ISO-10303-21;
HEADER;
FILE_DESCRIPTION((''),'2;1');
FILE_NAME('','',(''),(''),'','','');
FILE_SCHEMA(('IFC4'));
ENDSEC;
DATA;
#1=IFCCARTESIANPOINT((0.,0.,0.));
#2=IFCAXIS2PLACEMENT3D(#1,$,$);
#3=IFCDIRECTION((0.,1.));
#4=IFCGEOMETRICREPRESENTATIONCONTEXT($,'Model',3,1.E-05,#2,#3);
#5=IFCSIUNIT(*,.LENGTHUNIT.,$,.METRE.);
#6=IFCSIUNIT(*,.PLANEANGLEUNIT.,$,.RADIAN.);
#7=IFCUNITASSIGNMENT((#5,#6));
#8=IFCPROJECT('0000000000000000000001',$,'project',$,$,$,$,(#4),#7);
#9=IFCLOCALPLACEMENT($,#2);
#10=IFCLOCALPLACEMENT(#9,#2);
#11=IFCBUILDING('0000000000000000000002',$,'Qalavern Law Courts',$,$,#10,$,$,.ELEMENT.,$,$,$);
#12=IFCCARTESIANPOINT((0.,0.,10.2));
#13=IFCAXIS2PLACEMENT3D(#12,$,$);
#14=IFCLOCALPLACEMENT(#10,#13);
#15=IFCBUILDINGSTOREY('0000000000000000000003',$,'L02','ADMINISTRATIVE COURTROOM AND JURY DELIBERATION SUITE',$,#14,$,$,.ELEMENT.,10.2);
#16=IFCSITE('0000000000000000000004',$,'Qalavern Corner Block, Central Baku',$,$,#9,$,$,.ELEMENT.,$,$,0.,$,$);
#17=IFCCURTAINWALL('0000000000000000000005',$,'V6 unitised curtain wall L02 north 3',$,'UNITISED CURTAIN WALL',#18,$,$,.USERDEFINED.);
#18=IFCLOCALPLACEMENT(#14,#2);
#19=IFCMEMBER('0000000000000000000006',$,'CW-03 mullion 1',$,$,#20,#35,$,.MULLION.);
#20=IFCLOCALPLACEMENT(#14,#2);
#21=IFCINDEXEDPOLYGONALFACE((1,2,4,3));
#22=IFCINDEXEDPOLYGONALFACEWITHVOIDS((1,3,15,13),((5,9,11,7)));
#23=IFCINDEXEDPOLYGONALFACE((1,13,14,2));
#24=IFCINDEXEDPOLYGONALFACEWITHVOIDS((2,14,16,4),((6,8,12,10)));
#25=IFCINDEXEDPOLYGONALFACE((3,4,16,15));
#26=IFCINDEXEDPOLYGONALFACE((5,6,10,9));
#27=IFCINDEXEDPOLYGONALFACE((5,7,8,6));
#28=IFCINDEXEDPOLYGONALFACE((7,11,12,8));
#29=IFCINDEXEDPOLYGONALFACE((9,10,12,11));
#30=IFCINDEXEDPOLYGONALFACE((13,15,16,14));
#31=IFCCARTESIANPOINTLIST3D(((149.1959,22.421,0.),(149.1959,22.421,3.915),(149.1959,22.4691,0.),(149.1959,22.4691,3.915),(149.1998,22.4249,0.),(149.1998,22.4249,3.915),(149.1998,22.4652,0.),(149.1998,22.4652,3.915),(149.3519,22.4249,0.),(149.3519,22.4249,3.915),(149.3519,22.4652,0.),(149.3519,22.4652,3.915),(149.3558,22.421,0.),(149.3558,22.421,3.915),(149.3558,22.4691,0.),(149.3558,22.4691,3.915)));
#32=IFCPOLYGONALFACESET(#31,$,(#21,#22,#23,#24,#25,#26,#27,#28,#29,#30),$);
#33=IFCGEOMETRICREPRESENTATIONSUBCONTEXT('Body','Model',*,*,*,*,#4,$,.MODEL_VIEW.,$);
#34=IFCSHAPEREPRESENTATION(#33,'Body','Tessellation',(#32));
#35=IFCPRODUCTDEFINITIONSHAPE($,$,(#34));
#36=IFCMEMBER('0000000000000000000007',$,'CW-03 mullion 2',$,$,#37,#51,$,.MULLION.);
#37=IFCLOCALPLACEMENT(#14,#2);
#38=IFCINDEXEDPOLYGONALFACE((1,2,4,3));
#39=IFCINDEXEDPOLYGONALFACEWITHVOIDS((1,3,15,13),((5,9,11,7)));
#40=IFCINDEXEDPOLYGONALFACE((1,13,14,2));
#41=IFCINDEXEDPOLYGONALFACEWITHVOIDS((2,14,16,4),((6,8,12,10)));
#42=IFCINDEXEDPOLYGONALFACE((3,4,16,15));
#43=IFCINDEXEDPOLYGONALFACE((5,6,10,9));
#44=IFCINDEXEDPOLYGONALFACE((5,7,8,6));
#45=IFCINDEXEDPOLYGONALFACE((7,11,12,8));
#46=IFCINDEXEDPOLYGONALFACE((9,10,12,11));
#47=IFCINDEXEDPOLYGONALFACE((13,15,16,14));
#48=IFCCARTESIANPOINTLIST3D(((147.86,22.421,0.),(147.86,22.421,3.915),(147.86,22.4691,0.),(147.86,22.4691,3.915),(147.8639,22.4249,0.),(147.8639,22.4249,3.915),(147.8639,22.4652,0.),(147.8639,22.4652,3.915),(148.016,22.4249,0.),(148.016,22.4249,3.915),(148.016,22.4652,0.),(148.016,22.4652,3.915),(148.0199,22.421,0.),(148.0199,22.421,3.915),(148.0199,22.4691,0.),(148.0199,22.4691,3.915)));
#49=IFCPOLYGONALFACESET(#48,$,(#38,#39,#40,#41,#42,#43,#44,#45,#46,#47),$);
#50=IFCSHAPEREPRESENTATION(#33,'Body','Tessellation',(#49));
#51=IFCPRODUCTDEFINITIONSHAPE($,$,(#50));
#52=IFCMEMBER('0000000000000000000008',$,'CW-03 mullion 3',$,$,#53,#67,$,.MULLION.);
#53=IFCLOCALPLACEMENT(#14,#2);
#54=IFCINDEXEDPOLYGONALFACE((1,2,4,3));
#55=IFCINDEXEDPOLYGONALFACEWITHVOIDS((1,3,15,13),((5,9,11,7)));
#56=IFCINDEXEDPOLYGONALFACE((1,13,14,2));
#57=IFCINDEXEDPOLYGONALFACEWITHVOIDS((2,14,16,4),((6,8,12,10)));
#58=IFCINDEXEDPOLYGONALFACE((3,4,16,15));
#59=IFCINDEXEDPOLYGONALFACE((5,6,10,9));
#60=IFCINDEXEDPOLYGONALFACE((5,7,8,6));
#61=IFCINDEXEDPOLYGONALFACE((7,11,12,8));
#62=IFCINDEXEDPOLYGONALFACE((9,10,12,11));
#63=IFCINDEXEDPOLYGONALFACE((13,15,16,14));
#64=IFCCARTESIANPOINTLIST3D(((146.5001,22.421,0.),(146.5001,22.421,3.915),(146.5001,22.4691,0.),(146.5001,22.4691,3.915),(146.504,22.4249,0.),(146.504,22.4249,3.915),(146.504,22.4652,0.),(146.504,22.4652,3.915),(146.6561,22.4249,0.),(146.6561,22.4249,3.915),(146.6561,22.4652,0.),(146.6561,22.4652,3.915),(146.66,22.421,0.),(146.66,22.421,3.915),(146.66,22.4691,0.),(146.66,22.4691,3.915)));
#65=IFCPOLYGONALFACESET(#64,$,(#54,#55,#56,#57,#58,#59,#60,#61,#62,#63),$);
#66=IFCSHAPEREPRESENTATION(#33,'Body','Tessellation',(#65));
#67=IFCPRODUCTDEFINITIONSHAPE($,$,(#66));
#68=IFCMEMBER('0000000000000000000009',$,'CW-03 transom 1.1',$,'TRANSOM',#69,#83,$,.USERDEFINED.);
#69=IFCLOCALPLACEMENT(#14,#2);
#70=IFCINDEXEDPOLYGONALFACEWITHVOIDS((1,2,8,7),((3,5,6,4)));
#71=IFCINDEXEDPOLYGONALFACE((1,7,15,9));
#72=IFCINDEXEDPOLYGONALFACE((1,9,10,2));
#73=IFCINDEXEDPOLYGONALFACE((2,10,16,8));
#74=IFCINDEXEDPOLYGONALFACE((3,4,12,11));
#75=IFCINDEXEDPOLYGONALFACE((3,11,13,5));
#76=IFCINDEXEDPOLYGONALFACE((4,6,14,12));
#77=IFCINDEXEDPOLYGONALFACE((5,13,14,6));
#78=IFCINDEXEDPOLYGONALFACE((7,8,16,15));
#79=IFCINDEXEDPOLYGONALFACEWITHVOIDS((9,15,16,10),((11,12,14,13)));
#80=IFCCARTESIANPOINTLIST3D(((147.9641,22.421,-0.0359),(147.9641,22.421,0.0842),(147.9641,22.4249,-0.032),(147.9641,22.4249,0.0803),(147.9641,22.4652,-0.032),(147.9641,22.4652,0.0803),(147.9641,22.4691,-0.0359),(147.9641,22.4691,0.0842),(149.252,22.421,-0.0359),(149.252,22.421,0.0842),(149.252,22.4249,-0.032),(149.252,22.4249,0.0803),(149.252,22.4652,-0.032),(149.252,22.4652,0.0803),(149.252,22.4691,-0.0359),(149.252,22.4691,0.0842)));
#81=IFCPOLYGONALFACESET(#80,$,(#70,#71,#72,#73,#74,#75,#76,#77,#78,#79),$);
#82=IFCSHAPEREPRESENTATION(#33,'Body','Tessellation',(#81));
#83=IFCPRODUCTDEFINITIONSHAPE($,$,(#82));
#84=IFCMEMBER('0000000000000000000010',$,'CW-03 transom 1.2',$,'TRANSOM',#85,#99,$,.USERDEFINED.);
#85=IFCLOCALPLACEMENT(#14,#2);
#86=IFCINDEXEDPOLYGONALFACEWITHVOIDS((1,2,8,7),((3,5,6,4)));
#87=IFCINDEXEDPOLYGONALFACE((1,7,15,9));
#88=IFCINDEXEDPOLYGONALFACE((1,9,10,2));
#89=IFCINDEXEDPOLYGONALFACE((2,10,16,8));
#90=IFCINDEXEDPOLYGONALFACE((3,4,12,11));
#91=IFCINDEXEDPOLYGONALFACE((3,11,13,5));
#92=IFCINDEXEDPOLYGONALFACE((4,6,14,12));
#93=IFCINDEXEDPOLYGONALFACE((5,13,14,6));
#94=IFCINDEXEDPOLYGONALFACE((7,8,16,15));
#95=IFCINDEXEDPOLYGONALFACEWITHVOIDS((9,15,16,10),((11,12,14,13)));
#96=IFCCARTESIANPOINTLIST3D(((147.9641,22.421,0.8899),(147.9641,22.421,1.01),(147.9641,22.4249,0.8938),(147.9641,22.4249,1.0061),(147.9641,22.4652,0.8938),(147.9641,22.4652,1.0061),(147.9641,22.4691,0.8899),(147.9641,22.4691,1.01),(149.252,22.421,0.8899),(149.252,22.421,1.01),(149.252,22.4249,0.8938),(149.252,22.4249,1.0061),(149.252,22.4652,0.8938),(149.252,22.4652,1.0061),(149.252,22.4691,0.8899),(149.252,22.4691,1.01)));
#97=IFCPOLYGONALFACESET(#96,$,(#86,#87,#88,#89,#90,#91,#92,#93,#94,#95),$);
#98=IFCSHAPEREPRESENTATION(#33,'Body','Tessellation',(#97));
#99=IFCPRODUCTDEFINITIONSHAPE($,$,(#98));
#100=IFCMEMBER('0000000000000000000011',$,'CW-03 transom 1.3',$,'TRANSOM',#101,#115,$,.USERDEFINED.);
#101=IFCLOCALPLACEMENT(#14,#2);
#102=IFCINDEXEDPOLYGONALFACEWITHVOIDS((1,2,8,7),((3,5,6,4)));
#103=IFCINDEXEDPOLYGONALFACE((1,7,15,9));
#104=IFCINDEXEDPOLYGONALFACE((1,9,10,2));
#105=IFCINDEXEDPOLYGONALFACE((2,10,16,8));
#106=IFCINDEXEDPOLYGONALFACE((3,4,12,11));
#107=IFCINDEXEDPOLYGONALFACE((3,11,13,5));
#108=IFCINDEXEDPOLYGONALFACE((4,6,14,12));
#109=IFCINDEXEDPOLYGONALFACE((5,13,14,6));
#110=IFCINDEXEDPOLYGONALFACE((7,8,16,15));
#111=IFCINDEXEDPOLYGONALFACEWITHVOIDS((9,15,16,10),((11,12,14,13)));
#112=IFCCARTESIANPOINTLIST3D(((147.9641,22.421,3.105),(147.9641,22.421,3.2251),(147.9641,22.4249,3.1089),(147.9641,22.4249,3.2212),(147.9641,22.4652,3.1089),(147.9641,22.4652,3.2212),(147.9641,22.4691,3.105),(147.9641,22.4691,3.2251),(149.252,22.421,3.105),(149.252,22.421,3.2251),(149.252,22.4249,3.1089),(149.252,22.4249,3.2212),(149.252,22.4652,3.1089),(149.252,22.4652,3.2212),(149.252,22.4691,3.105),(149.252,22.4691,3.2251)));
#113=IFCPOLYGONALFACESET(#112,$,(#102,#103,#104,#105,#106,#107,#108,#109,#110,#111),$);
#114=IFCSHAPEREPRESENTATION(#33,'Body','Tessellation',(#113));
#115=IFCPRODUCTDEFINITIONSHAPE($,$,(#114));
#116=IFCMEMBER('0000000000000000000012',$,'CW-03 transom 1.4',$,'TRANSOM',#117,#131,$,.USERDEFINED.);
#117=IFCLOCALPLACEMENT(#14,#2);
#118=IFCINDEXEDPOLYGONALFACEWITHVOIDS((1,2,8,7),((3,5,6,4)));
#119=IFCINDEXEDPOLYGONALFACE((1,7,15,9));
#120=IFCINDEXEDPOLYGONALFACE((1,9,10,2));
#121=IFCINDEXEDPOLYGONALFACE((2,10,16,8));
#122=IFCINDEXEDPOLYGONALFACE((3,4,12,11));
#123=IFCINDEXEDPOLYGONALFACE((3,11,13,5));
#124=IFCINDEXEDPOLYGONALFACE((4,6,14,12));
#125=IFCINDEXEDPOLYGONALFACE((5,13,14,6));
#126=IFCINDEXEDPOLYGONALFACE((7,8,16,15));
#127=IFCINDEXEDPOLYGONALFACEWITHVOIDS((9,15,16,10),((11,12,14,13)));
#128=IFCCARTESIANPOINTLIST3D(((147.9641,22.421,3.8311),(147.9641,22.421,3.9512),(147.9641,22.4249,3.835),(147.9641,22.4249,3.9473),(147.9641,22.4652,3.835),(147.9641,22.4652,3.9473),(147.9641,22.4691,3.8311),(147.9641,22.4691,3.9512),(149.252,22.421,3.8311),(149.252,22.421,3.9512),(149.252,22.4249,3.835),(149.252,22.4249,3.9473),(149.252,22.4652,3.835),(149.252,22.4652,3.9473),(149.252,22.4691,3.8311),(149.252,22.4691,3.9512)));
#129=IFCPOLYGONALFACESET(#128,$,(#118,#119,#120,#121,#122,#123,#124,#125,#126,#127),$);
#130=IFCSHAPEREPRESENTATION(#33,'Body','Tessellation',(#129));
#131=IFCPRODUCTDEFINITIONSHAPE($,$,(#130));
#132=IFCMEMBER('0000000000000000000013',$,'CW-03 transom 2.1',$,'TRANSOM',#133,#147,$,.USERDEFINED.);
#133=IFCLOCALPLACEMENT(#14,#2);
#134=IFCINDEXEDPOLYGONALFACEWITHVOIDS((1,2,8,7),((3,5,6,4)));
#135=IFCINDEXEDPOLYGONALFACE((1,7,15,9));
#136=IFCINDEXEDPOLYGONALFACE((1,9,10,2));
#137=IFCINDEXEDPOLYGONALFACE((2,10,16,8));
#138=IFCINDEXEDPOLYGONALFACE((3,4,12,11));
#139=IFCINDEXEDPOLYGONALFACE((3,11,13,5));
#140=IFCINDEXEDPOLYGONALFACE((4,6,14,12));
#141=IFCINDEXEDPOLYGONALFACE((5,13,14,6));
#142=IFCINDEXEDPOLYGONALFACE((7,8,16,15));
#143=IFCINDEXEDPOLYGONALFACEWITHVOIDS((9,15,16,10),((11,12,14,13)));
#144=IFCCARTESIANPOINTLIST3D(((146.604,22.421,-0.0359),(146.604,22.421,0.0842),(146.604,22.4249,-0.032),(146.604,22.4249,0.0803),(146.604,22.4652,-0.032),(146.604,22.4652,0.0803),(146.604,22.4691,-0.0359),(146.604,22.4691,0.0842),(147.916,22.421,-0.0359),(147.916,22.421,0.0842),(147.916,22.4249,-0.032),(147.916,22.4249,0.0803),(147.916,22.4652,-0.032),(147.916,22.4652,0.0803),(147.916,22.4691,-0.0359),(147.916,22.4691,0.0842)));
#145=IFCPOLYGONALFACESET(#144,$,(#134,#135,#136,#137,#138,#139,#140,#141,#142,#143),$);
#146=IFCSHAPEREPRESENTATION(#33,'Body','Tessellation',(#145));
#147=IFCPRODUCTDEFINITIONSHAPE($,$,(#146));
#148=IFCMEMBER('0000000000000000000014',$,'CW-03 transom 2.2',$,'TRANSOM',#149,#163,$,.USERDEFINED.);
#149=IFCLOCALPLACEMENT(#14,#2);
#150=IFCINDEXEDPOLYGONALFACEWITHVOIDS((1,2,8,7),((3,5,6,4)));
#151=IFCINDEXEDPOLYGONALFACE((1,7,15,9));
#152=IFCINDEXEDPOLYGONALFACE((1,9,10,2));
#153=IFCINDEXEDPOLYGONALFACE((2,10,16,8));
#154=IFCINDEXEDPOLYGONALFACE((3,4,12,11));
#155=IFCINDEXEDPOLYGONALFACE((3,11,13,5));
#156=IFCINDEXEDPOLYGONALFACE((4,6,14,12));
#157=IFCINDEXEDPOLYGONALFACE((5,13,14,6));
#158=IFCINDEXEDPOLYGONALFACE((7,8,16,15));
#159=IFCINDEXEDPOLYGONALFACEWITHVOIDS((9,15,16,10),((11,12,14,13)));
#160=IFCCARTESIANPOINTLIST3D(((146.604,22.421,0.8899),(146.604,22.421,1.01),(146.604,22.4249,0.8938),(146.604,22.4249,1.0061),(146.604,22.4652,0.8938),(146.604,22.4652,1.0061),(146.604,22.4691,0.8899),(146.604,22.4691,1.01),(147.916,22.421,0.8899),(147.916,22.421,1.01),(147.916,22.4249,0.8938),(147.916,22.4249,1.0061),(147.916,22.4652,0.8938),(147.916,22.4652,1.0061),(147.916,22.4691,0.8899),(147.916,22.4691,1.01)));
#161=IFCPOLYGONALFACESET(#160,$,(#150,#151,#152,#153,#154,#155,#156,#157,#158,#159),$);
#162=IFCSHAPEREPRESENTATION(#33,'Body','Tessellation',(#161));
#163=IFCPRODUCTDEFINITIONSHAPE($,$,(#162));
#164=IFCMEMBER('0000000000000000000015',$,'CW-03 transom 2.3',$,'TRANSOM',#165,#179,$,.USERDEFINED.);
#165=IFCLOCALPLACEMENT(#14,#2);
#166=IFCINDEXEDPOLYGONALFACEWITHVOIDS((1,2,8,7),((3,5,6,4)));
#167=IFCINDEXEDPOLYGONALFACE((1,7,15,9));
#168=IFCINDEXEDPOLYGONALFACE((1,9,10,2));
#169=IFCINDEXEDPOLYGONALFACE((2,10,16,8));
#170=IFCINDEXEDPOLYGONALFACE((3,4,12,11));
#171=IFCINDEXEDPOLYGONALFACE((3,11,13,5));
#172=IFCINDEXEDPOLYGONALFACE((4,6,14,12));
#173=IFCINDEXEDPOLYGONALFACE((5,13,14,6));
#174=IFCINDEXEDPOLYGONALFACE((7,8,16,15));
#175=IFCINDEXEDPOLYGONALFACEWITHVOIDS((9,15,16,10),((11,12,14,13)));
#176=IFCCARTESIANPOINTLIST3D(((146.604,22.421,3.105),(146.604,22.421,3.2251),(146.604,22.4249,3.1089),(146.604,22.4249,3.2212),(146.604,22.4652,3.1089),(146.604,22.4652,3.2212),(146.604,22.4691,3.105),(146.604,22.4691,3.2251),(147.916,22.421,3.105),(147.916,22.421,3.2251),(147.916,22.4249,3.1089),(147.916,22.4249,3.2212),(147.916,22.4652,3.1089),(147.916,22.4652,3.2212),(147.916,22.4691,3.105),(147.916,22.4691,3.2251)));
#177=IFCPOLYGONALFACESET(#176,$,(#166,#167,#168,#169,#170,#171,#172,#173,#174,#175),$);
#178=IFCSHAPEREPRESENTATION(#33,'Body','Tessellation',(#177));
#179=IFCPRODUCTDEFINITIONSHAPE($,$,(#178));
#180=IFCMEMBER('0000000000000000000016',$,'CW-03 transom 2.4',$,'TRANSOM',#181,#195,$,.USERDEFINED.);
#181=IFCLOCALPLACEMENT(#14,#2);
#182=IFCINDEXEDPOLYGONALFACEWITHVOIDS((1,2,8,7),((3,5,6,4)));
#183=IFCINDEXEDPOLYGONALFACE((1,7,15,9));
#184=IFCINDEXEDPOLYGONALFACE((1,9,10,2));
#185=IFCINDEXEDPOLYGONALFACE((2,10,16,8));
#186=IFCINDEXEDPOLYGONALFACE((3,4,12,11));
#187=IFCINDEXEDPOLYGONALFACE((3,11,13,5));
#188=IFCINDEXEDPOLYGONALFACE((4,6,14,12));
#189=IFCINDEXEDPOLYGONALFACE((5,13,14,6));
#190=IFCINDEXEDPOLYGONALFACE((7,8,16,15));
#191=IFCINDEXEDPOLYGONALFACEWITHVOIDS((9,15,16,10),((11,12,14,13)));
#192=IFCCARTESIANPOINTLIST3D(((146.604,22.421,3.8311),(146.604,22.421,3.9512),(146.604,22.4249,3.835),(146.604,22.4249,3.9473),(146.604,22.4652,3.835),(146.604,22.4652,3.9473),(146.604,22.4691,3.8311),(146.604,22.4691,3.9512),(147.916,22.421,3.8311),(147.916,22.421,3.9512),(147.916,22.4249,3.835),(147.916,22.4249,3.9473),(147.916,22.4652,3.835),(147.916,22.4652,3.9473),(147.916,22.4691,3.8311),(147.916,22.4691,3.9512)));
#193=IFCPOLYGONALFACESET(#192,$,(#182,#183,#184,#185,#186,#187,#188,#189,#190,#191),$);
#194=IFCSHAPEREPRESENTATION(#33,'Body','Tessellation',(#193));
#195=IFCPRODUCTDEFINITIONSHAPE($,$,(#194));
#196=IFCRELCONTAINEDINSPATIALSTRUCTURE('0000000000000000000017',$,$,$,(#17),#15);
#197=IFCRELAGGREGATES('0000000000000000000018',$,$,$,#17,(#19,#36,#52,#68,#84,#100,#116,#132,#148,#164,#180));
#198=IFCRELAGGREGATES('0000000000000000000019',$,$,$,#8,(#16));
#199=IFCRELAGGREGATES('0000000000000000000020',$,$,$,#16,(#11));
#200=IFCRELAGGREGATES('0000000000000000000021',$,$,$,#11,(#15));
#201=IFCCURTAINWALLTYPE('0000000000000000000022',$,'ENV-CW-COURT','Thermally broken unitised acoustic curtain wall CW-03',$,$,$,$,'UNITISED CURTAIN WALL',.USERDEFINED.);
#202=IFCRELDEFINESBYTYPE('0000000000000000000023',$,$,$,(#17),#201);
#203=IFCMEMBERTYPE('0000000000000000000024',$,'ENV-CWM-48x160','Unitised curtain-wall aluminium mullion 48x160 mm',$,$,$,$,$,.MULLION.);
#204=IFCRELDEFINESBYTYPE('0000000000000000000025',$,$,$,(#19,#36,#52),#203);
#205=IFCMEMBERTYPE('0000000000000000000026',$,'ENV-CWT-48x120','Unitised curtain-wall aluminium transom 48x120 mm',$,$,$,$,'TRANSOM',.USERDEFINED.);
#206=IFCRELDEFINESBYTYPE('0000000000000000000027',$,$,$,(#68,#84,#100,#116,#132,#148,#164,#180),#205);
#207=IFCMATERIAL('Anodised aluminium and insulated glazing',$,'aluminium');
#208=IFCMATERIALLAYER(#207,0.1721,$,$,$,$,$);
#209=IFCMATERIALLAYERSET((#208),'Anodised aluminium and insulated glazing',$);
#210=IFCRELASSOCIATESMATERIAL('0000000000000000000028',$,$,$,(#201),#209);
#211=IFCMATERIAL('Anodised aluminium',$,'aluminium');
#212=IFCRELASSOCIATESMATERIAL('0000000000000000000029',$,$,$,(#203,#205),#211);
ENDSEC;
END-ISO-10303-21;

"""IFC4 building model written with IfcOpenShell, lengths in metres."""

from ifc_helpers import new_model, si_unit, direction, frame, origin, origin_2d, place, context, subcontext, project, spatial, hollow_rectangle, extrude, material, layer, layer_set, material_profile, profile_set, type_object, element, aggregate, save


model = new_model("IFC4")

# Units and contexts
model_context = context("Model", 3, precision=1e-05, world=origin(), true_north=direction((0.0, 1.0)))
body_context = subcontext(model_context, "Body", "Model", "MODEL_VIEW")
ifc_project = project(units=[si_unit("LENGTHUNIT", "METRE"), si_unit("PLANEANGLEUNIT", "RADIAN")], contexts=[model_context])

# Site, building, storey
site_placement = place(None, origin())
site = spatial("IfcSite", under=ifc_project, at=site_placement, Name="Qalavern Corner Block, Central Baku", CompositionType="ELEMENT", RefElevation=0.0)
building_placement = place(site_placement, origin())
building = spatial("IfcBuilding", under=site, at=building_placement, Name="Qalavern Law Courts", CompositionType="ELEMENT")
storey_placement = place(building_placement, frame((0.0, 0.0, 10.2)))
storey = spatial("IfcBuildingStorey", under=building, at=storey_placement, Name="L02", Description="ADMINISTRATIVE COURTROOM AND JURY DELIBERATION SUITE", CompositionType="ELEMENT", Elevation=10.2)

# Curtain wall, members
ifc_material_1 = material(Name="Anodised aluminium and insulated glazing", Category="aluminium")
ifc_layer_1 = layer(ifc_material_1, 0.1721)
ifc_layer_set_1 = layer_set([ifc_layer_1], Name="Anodised aluminium and insulated glazing")
curtain_wall_type = type_object("IfcCurtainWallType", Name="ENV-CW-COURT", Description="Thermally broken unitised acoustic curtain wall CW-03", ElementType="UNITISED CURTAIN WALL", PredefinedType="USERDEFINED", material=ifc_layer_set_1)
curtain_wall_placement = place(storey_placement, origin())
curtain_wall = element("IfcCurtainWall", 1, at=curtain_wall_placement, inside=storey, type_object=curtain_wall_type, Name="V6 unitised curtain wall L02 north 3", ObjectType="UNITISED CURTAIN WALL", PredefinedType="USERDEFINED")
ifc_material_2 = material(Name="Anodised aluminium", Category="aluminium")
ifc_material_profile_1 = material_profile(ifc_material_2, hollow_rectangle(XDim=0.0481, YDim=0.1599, WallThickness=0.0039, at=origin_2d()), Name="ALU MULLION 48x160")
ifc_profile_set_1 = profile_set([ifc_material_profile_1], Name="Anodised aluminium")
member_type_1 = type_object("IfcMemberType", Name="ENV-CWM-48x160", Description="Unitised curtain-wall aluminium mullion 48x160 mm", PredefinedType="MULLION", material=ifc_profile_set_1)
member_1_placement = place(storey_placement, frame((149.2759, 22.4451, 0.0), z_axis=(0.0, 0.0, 1.0), x_axis=(0.0, -1.0, 0.0)))
member_1 = element("IfcMember", 2, at=member_1_placement, type_object=member_type_1, Name="CW-03 mullion 1", PredefinedType="MULLION", context=body_context, shape_type="SweptSolid", body=[
    extrude(hollow_rectangle(XDim=0.0481, YDim=0.1599, WallThickness=0.0039, at=origin_2d()), origin(), (0.0, 0.0, 1.0), 3.915),
])
member_2_placement = place(storey_placement, frame((147.9399, 22.4451, 0.0), z_axis=(0.0, 0.0, 1.0), x_axis=(0.0, -1.0, 0.0)))
member_2 = element("IfcMember", 3, at=member_2_placement, type_object=member_type_1, Name="CW-03 mullion 2", PredefinedType="MULLION", context=body_context, shape_type="SweptSolid", body=[
    extrude(hollow_rectangle(XDim=0.0481, YDim=0.1599, WallThickness=0.0039, at=origin_2d()), origin(), (0.0, 0.0, 1.0), 3.915),
])
member_3_placement = place(storey_placement, frame((146.5801, 22.4451, 0.0), z_axis=(0.0, 0.0, 1.0), x_axis=(0.0, -1.0, 0.0)))
member_3 = element("IfcMember", 4, at=member_3_placement, type_object=member_type_1, Name="CW-03 mullion 3", PredefinedType="MULLION", context=body_context, shape_type="SweptSolid", body=[
    extrude(hollow_rectangle(XDim=0.0481, YDim=0.1599, WallThickness=0.0039, at=origin_2d()), origin(), (0.0, 0.0, 1.0), 3.915),
])
ifc_material_profile_2 = material_profile(ifc_material_2, hollow_rectangle(XDim=0.0481, YDim=0.1201, WallThickness=0.0039, at=origin_2d()), Name="ALU TRANSOM 48x120")
ifc_profile_set_2 = profile_set([ifc_material_profile_2], Name="Anodised aluminium")
member_type_2 = type_object("IfcMemberType", Name="ENV-CWT-48x120", Description="Unitised curtain-wall aluminium transom 48x120 mm", ElementType="TRANSOM", PredefinedType="USERDEFINED", material=ifc_profile_set_2)
member_4_placement = place(storey_placement, frame((149.252, 22.4451, 0.0242), z_axis=(-1.0, 0.0, 0.0), x_axis=(0.0, -1.0, 0.0)))
member_4 = element("IfcMember", 5, at=member_4_placement, type_object=member_type_2, Name="CW-03 transom 1.1", ObjectType="TRANSOM", PredefinedType="USERDEFINED", context=body_context, shape_type="SweptSolid", body=[
    extrude(hollow_rectangle(XDim=0.0481, YDim=0.1201, WallThickness=0.0039, at=origin_2d()), origin(), (0.0, 0.0, 1.0), 1.2878),
])
member_5_placement = place(storey_placement, frame((149.252, 22.4451, 0.95), z_axis=(-1.0, 0.0, 0.0), x_axis=(0.0, -1.0, 0.0)))
member_5 = element("IfcMember", 6, at=member_5_placement, type_object=member_type_2, Name="CW-03 transom 1.2", ObjectType="TRANSOM", PredefinedType="USERDEFINED", context=body_context, shape_type="SweptSolid", body=[
    extrude(hollow_rectangle(XDim=0.0481, YDim=0.1201, WallThickness=0.0039, at=origin_2d()), origin(), (0.0, 0.0, 1.0), 1.2878),
])
member_6_placement = place(storey_placement, frame((149.252, 22.4451, 3.165), z_axis=(-1.0, 0.0, 0.0), x_axis=(0.0, -1.0, 0.0)))
member_6 = element("IfcMember", 7, at=member_6_placement, type_object=member_type_2, Name="CW-03 transom 1.3", ObjectType="TRANSOM", PredefinedType="USERDEFINED", context=body_context, shape_type="SweptSolid", body=[
    extrude(hollow_rectangle(XDim=0.0481, YDim=0.1201, WallThickness=0.0039, at=origin_2d()), origin(), (0.0, 0.0, 1.0), 1.2878),
])
member_7_placement = place(storey_placement, frame((149.252, 22.4451, 3.8911), z_axis=(-1.0, 0.0, 0.0), x_axis=(0.0, -1.0, 0.0)))
member_7 = element("IfcMember", 8, at=member_7_placement, type_object=member_type_2, Name="CW-03 transom 1.4", ObjectType="TRANSOM", PredefinedType="USERDEFINED", context=body_context, shape_type="SweptSolid", body=[
    extrude(hollow_rectangle(XDim=0.0481, YDim=0.1201, WallThickness=0.0039, at=origin_2d()), origin(), (0.0, 0.0, 1.0), 1.2878),
])
member_8_placement = place(storey_placement, frame((147.916, 22.4451, 0.0242), z_axis=(-1.0, 0.0, 0.0), x_axis=(0.0, -1.0, 0.0)))
member_8 = element("IfcMember", 9, at=member_8_placement, type_object=member_type_2, Name="CW-03 transom 2.1", ObjectType="TRANSOM", PredefinedType="USERDEFINED", context=body_context, shape_type="SweptSolid", body=[
    extrude(hollow_rectangle(XDim=0.0481, YDim=0.1201, WallThickness=0.0039, at=origin_2d()), origin(), (0.0, 0.0, 1.0), 1.312),
])
member_9_placement = place(storey_placement, frame((147.916, 22.4451, 0.95), z_axis=(-1.0, 0.0, 0.0), x_axis=(0.0, -1.0, 0.0)))
member_9 = element("IfcMember", 10, at=member_9_placement, type_object=member_type_2, Name="CW-03 transom 2.2", ObjectType="TRANSOM", PredefinedType="USERDEFINED", context=body_context, shape_type="SweptSolid", body=[
    extrude(hollow_rectangle(XDim=0.0481, YDim=0.1201, WallThickness=0.0039, at=origin_2d()), origin(), (0.0, 0.0, 1.0), 1.312),
])
member_10_placement = place(storey_placement, frame((147.916, 22.4451, 3.165), z_axis=(-1.0, 0.0, 0.0), x_axis=(0.0, -1.0, 0.0)))
member_10 = element("IfcMember", 11, at=member_10_placement, type_object=member_type_2, Name="CW-03 transom 2.3", ObjectType="TRANSOM", PredefinedType="USERDEFINED", context=body_context, shape_type="SweptSolid", body=[
    extrude(hollow_rectangle(XDim=0.0481, YDim=0.1201, WallThickness=0.0039, at=origin_2d()), origin(), (0.0, 0.0, 1.0), 1.312),
])
member_11_placement = place(storey_placement, frame((147.916, 22.4451, 3.8911), z_axis=(-1.0, 0.0, 0.0), x_axis=(0.0, -1.0, 0.0)))
member_11 = element("IfcMember", 12, at=member_11_placement, type_object=member_type_2, Name="CW-03 transom 2.4", ObjectType="TRANSOM", PredefinedType="USERDEFINED", context=body_context, shape_type="SweptSolid", body=[
    extrude(hollow_rectangle(XDim=0.0481, YDim=0.1201, WallThickness=0.0039, at=origin_2d()), origin(), (0.0, 0.0, 1.0), 1.312),
])
aggregate(curtain_wall, [member_1, member_2, member_3, member_4, member_5, member_6, member_7, member_8, member_9, member_10, member_11])

save(model, "model.ifc")
